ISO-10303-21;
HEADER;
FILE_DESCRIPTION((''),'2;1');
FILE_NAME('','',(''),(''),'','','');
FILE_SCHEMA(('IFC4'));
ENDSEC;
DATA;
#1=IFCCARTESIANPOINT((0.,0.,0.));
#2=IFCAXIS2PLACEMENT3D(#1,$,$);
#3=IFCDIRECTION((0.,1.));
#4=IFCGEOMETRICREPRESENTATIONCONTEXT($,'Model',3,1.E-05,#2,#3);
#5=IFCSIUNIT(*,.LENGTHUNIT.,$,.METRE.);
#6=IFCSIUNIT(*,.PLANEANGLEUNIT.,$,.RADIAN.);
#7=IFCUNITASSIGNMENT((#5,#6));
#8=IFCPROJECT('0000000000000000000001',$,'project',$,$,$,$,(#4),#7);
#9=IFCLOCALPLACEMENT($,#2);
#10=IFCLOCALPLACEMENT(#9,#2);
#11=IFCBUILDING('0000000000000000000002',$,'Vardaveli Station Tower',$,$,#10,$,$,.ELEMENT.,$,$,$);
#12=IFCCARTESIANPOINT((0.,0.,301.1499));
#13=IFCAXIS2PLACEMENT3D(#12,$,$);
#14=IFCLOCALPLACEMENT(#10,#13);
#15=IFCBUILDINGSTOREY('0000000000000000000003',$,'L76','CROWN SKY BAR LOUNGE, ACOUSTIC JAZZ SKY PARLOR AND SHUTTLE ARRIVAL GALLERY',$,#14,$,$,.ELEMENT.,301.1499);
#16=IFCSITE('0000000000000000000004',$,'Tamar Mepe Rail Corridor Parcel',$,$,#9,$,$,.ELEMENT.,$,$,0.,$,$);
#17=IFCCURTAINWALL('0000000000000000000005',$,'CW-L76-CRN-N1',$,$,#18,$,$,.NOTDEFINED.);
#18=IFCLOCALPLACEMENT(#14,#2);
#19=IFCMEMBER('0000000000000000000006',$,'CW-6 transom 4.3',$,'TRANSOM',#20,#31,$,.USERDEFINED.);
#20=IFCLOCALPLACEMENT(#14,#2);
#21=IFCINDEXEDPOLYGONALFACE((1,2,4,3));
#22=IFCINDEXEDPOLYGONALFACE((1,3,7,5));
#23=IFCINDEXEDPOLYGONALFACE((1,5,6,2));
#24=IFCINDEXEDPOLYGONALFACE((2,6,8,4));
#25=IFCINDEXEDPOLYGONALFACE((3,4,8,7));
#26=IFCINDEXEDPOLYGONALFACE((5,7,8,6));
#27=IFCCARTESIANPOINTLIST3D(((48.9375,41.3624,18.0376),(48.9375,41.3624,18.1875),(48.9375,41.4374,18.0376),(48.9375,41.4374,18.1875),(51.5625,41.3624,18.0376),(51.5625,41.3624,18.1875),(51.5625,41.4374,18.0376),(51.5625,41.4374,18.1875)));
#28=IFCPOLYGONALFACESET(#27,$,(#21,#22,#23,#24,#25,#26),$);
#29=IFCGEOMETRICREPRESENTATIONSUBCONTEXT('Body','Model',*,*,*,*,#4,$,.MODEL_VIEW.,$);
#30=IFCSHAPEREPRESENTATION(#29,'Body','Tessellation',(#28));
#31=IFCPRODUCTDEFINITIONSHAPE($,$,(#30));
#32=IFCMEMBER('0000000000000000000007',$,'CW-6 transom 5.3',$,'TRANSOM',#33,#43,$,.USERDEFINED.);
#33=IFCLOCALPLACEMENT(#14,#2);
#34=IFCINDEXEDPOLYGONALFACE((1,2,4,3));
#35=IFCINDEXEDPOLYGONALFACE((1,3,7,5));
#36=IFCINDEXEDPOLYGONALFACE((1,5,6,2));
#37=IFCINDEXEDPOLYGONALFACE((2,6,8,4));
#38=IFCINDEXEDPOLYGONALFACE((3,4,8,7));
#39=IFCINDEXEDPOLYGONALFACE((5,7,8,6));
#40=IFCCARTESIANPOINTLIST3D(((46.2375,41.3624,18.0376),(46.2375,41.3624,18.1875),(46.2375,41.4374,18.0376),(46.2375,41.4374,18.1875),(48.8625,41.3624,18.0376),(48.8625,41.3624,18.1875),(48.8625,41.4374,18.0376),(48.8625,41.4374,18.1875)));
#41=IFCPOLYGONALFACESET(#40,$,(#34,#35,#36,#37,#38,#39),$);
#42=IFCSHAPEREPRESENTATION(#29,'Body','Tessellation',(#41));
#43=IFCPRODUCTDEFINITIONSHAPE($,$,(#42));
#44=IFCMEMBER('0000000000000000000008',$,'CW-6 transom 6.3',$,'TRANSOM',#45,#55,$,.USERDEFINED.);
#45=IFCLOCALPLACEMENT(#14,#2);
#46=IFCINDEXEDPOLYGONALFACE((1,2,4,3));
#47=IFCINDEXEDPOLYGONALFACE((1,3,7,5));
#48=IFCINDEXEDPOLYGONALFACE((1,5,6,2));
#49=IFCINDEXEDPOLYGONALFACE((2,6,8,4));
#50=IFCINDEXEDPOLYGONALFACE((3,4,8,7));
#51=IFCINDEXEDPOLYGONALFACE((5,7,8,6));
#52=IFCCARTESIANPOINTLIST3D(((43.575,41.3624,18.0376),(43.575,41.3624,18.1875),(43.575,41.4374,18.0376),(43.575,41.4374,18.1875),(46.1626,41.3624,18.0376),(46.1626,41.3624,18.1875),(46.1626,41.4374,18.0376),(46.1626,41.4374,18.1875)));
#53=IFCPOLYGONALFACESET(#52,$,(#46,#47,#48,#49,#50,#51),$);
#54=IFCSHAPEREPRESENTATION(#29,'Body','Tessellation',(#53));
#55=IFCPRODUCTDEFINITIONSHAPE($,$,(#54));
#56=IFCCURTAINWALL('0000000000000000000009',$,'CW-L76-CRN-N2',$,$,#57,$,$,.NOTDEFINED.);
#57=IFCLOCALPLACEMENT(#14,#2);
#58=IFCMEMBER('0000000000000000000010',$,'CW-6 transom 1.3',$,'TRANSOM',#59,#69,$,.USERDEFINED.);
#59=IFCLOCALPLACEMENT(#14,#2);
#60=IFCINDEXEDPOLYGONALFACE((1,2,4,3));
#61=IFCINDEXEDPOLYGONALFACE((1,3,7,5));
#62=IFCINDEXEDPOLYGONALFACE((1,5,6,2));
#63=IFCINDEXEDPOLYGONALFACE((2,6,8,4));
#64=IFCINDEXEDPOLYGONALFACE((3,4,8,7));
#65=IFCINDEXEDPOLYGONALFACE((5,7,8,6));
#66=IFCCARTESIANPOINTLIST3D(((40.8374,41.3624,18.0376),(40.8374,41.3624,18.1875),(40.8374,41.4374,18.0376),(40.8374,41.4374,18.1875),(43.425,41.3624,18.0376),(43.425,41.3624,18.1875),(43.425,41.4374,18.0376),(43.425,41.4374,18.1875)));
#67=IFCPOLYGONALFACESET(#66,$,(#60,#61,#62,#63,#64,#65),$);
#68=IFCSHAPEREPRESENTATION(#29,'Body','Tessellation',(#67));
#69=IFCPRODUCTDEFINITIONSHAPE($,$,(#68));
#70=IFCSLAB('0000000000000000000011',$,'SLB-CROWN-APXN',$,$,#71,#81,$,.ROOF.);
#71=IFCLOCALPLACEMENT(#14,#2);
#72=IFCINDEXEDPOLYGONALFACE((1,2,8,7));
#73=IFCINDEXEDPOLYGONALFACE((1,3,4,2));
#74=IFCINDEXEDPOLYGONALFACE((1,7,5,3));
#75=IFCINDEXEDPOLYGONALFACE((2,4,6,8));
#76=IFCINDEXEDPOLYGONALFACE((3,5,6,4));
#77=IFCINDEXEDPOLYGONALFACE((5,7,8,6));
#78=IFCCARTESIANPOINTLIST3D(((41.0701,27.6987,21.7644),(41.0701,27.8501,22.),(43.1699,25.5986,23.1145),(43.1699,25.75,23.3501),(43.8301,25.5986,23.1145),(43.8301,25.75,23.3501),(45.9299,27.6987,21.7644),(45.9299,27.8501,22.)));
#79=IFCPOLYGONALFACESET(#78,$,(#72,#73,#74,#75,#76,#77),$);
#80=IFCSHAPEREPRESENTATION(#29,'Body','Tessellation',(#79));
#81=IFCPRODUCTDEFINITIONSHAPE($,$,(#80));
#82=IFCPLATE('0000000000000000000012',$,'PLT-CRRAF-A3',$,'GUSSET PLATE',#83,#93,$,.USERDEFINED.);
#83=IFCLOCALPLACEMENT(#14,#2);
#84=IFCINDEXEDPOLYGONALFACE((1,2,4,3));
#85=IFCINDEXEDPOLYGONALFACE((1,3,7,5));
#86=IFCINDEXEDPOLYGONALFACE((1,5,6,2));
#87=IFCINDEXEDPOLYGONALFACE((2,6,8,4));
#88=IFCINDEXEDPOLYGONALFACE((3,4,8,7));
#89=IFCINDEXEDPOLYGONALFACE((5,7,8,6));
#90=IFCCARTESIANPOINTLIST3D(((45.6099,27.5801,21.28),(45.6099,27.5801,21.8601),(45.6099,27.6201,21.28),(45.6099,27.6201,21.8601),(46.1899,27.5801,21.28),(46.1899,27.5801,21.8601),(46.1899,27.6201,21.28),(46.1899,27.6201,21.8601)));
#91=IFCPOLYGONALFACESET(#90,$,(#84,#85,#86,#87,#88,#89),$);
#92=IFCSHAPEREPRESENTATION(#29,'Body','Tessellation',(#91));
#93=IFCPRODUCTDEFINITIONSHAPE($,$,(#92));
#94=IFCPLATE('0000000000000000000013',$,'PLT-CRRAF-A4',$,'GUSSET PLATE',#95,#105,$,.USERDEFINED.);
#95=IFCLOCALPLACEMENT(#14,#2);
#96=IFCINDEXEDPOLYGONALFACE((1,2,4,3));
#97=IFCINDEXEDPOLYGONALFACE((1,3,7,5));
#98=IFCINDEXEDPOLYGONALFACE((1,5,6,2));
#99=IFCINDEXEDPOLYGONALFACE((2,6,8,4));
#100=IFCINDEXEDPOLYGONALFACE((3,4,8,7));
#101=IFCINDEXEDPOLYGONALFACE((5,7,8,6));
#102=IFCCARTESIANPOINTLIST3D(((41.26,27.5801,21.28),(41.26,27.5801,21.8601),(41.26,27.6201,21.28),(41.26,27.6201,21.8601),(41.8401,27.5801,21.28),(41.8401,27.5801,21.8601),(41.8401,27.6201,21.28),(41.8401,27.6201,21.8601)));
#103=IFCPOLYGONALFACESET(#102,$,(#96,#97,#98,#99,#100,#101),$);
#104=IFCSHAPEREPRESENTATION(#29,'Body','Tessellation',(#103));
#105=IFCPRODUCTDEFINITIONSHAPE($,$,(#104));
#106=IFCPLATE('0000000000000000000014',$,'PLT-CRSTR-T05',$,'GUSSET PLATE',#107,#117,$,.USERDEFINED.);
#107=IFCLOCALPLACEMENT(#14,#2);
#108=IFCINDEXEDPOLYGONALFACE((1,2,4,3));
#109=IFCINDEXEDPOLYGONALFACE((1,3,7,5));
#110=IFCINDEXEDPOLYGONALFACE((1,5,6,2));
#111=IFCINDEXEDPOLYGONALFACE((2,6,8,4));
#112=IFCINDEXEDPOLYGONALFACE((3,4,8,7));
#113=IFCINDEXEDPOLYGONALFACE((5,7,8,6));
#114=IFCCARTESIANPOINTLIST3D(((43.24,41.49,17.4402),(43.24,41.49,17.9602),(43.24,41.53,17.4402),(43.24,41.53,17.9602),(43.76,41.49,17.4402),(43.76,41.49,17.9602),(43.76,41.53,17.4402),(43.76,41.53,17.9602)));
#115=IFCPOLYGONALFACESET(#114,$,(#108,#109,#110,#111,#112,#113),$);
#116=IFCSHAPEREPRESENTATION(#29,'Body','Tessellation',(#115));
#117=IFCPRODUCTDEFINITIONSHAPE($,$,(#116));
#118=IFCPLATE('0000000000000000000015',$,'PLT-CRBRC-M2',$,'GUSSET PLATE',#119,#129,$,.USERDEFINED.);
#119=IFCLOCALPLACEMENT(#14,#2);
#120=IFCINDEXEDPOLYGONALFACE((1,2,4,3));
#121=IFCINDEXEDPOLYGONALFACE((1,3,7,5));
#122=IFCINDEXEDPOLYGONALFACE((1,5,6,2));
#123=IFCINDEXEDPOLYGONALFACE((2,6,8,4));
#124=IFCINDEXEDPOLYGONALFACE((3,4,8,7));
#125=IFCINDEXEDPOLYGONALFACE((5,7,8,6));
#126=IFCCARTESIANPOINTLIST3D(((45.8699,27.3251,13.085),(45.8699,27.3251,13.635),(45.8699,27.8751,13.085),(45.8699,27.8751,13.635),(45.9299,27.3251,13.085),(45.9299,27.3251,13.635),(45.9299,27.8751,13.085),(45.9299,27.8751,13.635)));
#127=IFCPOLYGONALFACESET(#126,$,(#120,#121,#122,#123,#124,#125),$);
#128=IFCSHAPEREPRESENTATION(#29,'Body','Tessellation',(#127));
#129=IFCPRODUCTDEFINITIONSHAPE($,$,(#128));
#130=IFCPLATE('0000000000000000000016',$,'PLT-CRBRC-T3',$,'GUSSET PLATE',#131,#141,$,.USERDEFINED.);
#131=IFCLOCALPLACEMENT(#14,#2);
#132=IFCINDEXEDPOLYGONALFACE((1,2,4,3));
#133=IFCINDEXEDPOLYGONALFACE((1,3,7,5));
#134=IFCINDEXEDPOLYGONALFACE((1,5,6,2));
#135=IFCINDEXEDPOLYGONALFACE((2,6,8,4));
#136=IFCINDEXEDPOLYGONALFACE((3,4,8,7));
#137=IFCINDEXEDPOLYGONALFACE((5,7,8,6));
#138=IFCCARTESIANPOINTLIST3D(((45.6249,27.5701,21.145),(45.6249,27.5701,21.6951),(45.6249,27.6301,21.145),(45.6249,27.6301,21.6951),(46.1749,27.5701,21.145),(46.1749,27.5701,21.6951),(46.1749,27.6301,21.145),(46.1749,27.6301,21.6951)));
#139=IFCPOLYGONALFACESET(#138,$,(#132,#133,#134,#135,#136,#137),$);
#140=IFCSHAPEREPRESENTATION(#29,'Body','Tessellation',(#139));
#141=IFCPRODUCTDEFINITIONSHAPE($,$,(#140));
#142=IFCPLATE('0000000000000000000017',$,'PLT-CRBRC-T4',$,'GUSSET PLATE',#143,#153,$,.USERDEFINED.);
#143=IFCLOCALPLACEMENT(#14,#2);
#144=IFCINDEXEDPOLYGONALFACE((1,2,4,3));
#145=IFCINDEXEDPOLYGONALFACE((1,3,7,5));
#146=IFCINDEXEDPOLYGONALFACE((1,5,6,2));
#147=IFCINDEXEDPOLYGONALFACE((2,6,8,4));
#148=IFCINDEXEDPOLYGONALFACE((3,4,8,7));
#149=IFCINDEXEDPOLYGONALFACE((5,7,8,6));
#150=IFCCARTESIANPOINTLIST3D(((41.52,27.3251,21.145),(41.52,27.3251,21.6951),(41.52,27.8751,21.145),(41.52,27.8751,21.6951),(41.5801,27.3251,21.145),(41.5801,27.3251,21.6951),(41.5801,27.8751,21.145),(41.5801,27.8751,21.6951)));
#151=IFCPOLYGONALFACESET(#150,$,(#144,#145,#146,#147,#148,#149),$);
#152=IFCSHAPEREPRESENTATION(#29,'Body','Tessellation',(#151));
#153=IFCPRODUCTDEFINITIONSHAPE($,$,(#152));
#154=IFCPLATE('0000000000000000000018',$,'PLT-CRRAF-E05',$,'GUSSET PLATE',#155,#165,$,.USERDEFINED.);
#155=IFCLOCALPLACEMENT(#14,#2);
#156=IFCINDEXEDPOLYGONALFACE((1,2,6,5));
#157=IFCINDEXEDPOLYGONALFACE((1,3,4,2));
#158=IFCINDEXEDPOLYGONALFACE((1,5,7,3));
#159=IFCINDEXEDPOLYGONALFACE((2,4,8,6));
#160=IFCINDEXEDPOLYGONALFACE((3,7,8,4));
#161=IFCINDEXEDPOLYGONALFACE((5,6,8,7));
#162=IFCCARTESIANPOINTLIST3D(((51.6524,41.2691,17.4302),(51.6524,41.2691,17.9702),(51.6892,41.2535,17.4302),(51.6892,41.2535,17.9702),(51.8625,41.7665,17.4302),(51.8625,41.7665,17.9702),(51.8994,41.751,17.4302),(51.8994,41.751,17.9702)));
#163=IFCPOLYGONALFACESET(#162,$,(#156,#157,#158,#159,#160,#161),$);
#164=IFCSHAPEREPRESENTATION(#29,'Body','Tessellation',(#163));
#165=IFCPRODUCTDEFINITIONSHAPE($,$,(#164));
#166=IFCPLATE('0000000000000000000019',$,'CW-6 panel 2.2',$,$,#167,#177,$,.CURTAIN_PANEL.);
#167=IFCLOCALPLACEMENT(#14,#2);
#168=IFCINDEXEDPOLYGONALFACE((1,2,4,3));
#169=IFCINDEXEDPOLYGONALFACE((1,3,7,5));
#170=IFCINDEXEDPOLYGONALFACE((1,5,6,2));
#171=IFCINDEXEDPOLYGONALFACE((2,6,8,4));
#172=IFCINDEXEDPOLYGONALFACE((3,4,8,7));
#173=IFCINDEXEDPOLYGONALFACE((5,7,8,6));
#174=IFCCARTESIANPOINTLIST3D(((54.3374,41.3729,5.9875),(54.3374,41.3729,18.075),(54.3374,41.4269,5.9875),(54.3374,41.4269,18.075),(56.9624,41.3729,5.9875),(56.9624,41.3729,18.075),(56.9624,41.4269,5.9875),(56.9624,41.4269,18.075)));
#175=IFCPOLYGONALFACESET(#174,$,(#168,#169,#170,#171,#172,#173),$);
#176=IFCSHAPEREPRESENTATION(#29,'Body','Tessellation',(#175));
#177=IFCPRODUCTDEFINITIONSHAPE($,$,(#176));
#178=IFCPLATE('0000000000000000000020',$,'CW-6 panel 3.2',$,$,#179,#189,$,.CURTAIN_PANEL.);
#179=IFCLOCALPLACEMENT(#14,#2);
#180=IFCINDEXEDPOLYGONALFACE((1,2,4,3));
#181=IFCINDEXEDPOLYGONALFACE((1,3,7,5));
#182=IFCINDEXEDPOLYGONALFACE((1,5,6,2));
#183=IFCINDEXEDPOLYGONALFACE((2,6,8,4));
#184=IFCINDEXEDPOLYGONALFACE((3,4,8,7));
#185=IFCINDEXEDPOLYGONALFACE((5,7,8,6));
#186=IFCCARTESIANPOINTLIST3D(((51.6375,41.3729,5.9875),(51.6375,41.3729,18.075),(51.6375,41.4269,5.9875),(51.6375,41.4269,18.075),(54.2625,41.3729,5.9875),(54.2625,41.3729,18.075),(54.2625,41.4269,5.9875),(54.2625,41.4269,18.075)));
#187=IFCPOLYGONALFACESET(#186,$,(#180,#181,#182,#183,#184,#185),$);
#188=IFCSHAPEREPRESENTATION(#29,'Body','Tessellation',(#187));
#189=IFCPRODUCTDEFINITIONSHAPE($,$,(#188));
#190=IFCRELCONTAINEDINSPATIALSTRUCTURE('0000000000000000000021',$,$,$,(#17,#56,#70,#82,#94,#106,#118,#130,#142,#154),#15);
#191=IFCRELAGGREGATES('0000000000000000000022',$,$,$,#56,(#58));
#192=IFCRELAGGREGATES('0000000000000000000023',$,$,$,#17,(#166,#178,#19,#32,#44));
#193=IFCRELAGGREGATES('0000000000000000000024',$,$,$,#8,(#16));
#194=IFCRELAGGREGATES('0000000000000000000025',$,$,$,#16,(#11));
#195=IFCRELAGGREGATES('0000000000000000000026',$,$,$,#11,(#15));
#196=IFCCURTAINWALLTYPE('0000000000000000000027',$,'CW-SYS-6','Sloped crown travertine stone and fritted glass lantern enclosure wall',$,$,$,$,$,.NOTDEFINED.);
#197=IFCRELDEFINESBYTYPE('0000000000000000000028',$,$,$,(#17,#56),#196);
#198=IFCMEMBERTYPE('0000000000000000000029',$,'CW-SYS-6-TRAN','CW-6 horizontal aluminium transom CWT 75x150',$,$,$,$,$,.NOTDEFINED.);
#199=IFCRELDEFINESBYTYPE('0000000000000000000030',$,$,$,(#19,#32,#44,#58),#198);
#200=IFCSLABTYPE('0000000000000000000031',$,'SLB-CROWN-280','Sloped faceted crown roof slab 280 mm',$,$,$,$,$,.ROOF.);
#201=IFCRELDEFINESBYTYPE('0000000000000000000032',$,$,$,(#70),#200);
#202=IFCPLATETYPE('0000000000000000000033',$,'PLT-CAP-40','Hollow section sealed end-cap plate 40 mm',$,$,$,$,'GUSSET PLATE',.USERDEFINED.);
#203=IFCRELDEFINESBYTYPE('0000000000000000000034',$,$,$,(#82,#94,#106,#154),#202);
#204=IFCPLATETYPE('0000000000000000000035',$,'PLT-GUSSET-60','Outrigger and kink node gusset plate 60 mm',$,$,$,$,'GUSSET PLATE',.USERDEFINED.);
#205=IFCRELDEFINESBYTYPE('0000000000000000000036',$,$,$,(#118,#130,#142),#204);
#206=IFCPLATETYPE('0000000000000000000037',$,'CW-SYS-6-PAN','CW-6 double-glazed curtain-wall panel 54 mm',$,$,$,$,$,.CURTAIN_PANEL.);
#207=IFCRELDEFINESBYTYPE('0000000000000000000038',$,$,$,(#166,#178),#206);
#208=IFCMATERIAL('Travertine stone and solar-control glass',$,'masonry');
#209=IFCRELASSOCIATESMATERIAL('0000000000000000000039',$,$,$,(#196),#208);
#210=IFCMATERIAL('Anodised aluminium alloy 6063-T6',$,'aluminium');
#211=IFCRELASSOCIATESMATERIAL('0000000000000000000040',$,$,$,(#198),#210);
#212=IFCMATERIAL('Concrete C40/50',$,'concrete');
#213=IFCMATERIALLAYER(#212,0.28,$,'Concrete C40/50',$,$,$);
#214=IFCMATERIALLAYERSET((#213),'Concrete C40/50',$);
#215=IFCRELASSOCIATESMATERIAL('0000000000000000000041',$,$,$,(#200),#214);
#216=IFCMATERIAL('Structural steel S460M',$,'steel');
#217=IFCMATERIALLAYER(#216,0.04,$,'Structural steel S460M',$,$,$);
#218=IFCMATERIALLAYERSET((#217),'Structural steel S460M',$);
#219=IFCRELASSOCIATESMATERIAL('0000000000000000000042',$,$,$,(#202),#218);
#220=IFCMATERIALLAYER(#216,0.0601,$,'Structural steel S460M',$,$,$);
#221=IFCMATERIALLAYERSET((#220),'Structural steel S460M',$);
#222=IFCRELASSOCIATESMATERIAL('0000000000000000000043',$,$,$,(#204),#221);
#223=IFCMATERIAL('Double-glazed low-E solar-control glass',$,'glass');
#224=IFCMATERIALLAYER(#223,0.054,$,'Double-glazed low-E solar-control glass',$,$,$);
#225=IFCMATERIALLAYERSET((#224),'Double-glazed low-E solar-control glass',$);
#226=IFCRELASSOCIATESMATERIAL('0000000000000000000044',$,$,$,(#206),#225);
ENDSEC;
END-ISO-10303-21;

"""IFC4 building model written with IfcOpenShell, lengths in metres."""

from ifc_helpers import new_model, si_unit, direction, frame, origin, origin_2d, place, context, subcontext, project, spatial, polyline, rectangle, outline, extrude, source, transform, mapped, material, layer, layer_set, material_profile, profile_set, type_object, element, aggregate, save


model = new_model("IFC4")

# Units and contexts
model_context = context("Model", 3, precision=1e-05, world=origin(), true_north=direction((0.0, 1.0)))
body_context = subcontext(model_context, "Body", "Model", "MODEL_VIEW")
ifc_project = project(units=[si_unit("LENGTHUNIT", "METRE"), si_unit("PLANEANGLEUNIT", "RADIAN")], contexts=[model_context])

# Site, building, storey
site_placement = place(None, origin())
site = spatial("IfcSite", under=ifc_project, at=site_placement, Name="Tamar Mepe Rail Corridor Parcel", CompositionType="ELEMENT", RefElevation=0.0)
building_placement = place(site_placement, origin())
building = spatial("IfcBuilding", under=site, at=building_placement, Name="Vardaveli Station Tower", CompositionType="ELEMENT")
storey_placement = place(building_placement, frame((0.0, 0.0, 301.1499)))
storey = spatial("IfcBuildingStorey", under=building, at=storey_placement, Name="L76", Description="CROWN SKY BAR LOUNGE, ACOUSTIC JAZZ SKY PARLOR AND SHUTTLE ARRIVAL GALLERY", CompositionType="ELEMENT", Elevation=301.1499)

# Curtain wall, members
ifc_material_1 = material(Name="Travertine stone and solar-control glass", Category="masonry")
curtain_wall_type = type_object("IfcCurtainWallType", Name="CW-SYS-6", Description="Sloped crown travertine stone and fritted glass lantern enclosure wall", PredefinedType="NOTDEFINED", material=ifc_material_1)
curtain_wall_1_placement = place(storey_placement, origin())
curtain_wall_1 = element("IfcCurtainWall", 1, at=curtain_wall_1_placement, inside=storey, type_object=curtain_wall_type, Name="CW-L76-CRN-N1", PredefinedType="NOTDEFINED")
ifc_material_2 = material(Name="Anodised aluminium alloy 6063-T6", Category="aluminium")
ifc_material_profile_1 = material_profile(ifc_material_2, rectangle(XDim=0.075, YDim=0.1499, at=origin_2d()), Name="CWT 75x150")
ifc_profile_set_1 = profile_set([ifc_material_profile_1], Name="Anodised aluminium alloy 6063-T6")
member_type_1 = type_object("IfcMemberType", Name="CW-SYS-6-TRAN", Description="CW-6 horizontal aluminium transom CWT 75x150", PredefinedType="NOTDEFINED", material=ifc_profile_set_1)
shared_shape_1 = source(origin(), body_context, "Body", "SweptSolid", [
    extrude(rectangle(XDim=0.075, YDim=0.1499, at=origin_2d()), origin(), (0.0, 0.0, 1.0), 2.625),
])
member_1_placement = place(storey_placement, frame((51.5625, 41.3999, 18.1125), z_axis=(-1.0, 0.0, 0.0), x_axis=(0.0, -1.0, 0.0)))
member_1 = element("IfcMember", 2, at=member_1_placement, type_object=member_type_1, Name="CW-6 transom 4.3", ObjectType="TRANSOM", PredefinedType="USERDEFINED", context=body_context, shape_type="MappedRepresentation", body=[
    mapped(shared_shape_1, transform((0.0, 0.0, 0.0), scale=1.0)),
])
member_2_placement = place(storey_placement, frame((48.8625, 41.3999, 18.1125), z_axis=(-1.0, 0.0, 0.0), x_axis=(0.0, -1.0, 0.0)))
member_2 = element("IfcMember", 3, at=member_2_placement, type_object=member_type_1, Name="CW-6 transom 5.3", ObjectType="TRANSOM", PredefinedType="USERDEFINED", context=body_context, shape_type="MappedRepresentation", body=[
    mapped(shared_shape_1, transform((0.0, 0.0, 0.0), scale=1.0)),
])
shared_shape_2 = source(origin(), body_context, "Body", "SweptSolid", [
    extrude(rectangle(XDim=0.075, YDim=0.1499, at=origin_2d()), origin(), (0.0, 0.0, 1.0), 2.5876),
])
member_3_placement = place(storey_placement, frame((46.1626, 41.3999, 18.1125), z_axis=(-1.0, 0.0, 0.0), x_axis=(0.0, -1.0, 0.0)))
member_3 = element("IfcMember", 4, at=member_3_placement, type_object=member_type_1, Name="CW-6 transom 6.3", ObjectType="TRANSOM", PredefinedType="USERDEFINED", context=body_context, shape_type="MappedRepresentation", body=[
    mapped(shared_shape_2, transform((0.0, 0.0, 0.0), scale=1.0)),
])

# Curtain wall, member
curtain_wall_2_placement = place(storey_placement, origin())
curtain_wall_2 = element("IfcCurtainWall", 5, at=curtain_wall_2_placement, inside=storey, type_object=curtain_wall_type, Name="CW-L76-CRN-N2", PredefinedType="NOTDEFINED")
member_4_placement = place(storey_placement, frame((43.425, 41.3999, 18.1125), z_axis=(-1.0, 0.0, 0.0), x_axis=(0.0, -1.0, 0.0)))
member_4 = element("IfcMember", 6, at=member_4_placement, type_object=member_type_1, Name="CW-6 transom 1.3", ObjectType="TRANSOM", PredefinedType="USERDEFINED", context=body_context, shape_type="MappedRepresentation", body=[
    mapped(shared_shape_2, transform((0.0, 0.0, 0.0), scale=1.0)),
])
aggregate(curtain_wall_2, [member_4])

# Slab
ifc_material_3 = material(Name="Concrete C40/50", Category="concrete")
ifc_layer_1 = layer(ifc_material_3, 0.28, Name="Concrete C40/50")
ifc_layer_set_1 = layer_set([ifc_layer_1], Name="Concrete C40/50")
slab_type = type_object("IfcSlabType", Name="SLB-CROWN-280", Description="Sloped faceted crown roof slab 280 mm", PredefinedType="ROOF", material=ifc_layer_set_1)
slab_placement = place(storey_placement, frame((45.9299, 27.8501, 22.0), z_axis=(0.0, 0.540767, 0.841172), x_axis=(-1.0, 0.0, 0.0)))
element("IfcSlab", 7, at=slab_placement, inside=storey, type_object=slab_type, Name="SLB-CROWN-APXN", PredefinedType="ROOF", context=body_context, shape_type="SweptSolid", body=[
    extrude(outline(polyline([(0.0, 0.0), (4.8599, 0.0), (2.76, 2.4966), (2.0999, 2.4966), (0.0, 0.0)])), origin(), (0.0, 0.0, -1.0), 0.28),
])

# Plates
ifc_material_4 = material(Name="Structural steel S460M", Category="steel")
ifc_layer_2 = layer(ifc_material_4, 0.04, Name="Structural steel S460M")
ifc_layer_set_2 = layer_set([ifc_layer_2], Name="Structural steel S460M")
plate_type_1 = type_object("IfcPlateType", Name="PLT-CAP-40", Description="Hollow section sealed end-cap plate 40 mm", ElementType="GUSSET PLATE", PredefinedType="USERDEFINED", material=ifc_layer_set_2)
shared_shape_3 = source(origin(), body_context, "Body", "SweptSolid", [
    extrude(rectangle(XDim=0.5801, YDim=0.04, at=origin_2d()), origin(), (0.0, 0.0, 1.0), 0.5801),
])
for number, where, z_axis, x_axis, name in (
    (8, (45.8999, 27.6001, 21.28), (0.0, 0.0, 1.0), (1.0, 0.0, 0.0), "PLT-CRRAF-A3"),
    (9, (41.55, 27.6001, 21.28), (0.0, 0.0, 1.0), (1.0, 0.0, 0.0), "PLT-CRRAF-A4"),
):
    element("IfcPlate", number, at=place(storey_placement, frame(where, z_axis=z_axis, x_axis=x_axis)), inside=storey, type_object=plate_type_1, Name=name, ObjectType="GUSSET PLATE", PredefinedType="USERDEFINED", context=body_context, shape_type="MappedRepresentation", body=[
        mapped(shared_shape_3, transform((0.0, 0.0, 0.0), scale=1.0)),
    ])
shared_shape_4 = source(origin(), body_context, "Body", "SweptSolid", [
    extrude(rectangle(XDim=0.52, YDim=0.04, at=origin_2d()), origin(), (0.0, 0.0, 1.0), 0.52),
])
plate_1_placement = place(storey_placement, frame((43.5, 41.51, 17.4402), z_axis=(0.0, 0.0, 1.0), x_axis=(-1.0, 0.0, 0.0)))
element("IfcPlate", 10, at=plate_1_placement, inside=storey, type_object=plate_type_1, Name="PLT-CRSTR-T05", ObjectType="GUSSET PLATE", PredefinedType="USERDEFINED", context=body_context, shape_type="MappedRepresentation", body=[
    mapped(shared_shape_4, transform((0.0, 0.0, 0.0), scale=1.0)),
])
ifc_layer_3 = layer(ifc_material_4, 0.0601, Name="Structural steel S460M")
ifc_layer_set_3 = layer_set([ifc_layer_3], Name="Structural steel S460M")
plate_type_2 = type_object("IfcPlateType", Name="PLT-GUSSET-60", Description="Outrigger and kink node gusset plate 60 mm", ElementType="GUSSET PLATE", PredefinedType="USERDEFINED", material=ifc_layer_set_3)
shared_shape_5 = source(origin(), body_context, "Body", "SweptSolid", [
    extrude(rectangle(XDim=0.55, YDim=0.0601, at=origin_2d()), origin(), (0.0, 0.0, 1.0), 0.55),
])
for number, where, z_axis, x_axis, name in (
    (11, (45.8999, 27.6001, 13.085), (0.0, 0.0, 1.0), (0.0, 1.0, 0.0), "PLT-CRBRC-M2"),
    (12, (45.8999, 27.6001, 21.145), (0.0, 0.0, 1.0), (-1.0, 0.0, 0.0), "PLT-CRBRC-T3"),
    (13, (41.55, 27.6001, 21.145), (0.0, 0.0, 1.0), (0.0, -1.0, 0.0), "PLT-CRBRC-T4"),
):
    element("IfcPlate", number, at=place(storey_placement, frame(where, z_axis=z_axis, x_axis=x_axis)), inside=storey, type_object=plate_type_2, Name=name, ObjectType="GUSSET PLATE", PredefinedType="USERDEFINED", context=body_context, shape_type="MappedRepresentation", body=[
        mapped(shared_shape_5, transform((0.0, 0.0, 0.0), scale=1.0)),
    ])
shared_shape_6 = source(origin(), body_context, "Body", "SweptSolid", [
    extrude(rectangle(XDim=0.54, YDim=0.04, at=origin_2d()), origin(), (0.0, 0.0, 1.0), 0.54),
])
plate_2_placement = place(storey_placement, frame((51.7759, 41.51, 17.4302), z_axis=(0.0, 0.0, 1.0), x_axis=(-0.389124, -0.921185, 0.0)))
element("IfcPlate", 14, at=plate_2_placement, inside=storey, type_object=plate_type_1, Name="PLT-CRRAF-E05", ObjectType="GUSSET PLATE", PredefinedType="USERDEFINED", context=body_context, shape_type="MappedRepresentation", body=[
    mapped(shared_shape_6, transform((0.0, 0.0, 0.0), scale=1.0)),
])

# Plates
ifc_material_5 = material(Name="Double-glazed low-E solar-control glass", Category="glass")
ifc_layer_4 = layer(ifc_material_5, 0.054, Name="Double-glazed low-E solar-control glass")
ifc_layer_set_4 = layer_set([ifc_layer_4], Name="Double-glazed low-E solar-control glass")
plate_type_3 = type_object("IfcPlateType", Name="CW-SYS-6-PAN", Description="CW-6 double-glazed curtain-wall panel 54 mm", PredefinedType="CURTAIN_PANEL", material=ifc_layer_set_4)
shared_shape_7 = source(origin(), body_context, "Body", "SweptSolid", [
    extrude(rectangle(XDim=2.625, YDim=0.054, at=origin_2d()), origin(), (0.0, 0.0, 1.0), 12.0874),
])
plate_3_placement = place(storey_placement, frame((55.6499, 41.3999, 5.9875), z_axis=(0.0, 0.0, 1.0), x_axis=(-1.0, 0.0, 0.0)))
plate_3 = element("IfcPlate", 15, at=plate_3_placement, type_object=plate_type_3, Name="CW-6 panel 2.2", PredefinedType="CURTAIN_PANEL", context=body_context, shape_type="MappedRepresentation", body=[
    mapped(shared_shape_7, transform((0.0, 0.0, 0.0), scale=1.0)),
])
plate_4_placement = place(storey_placement, frame((52.95, 41.3999, 5.9875), z_axis=(0.0, 0.0, 1.0), x_axis=(-1.0, 0.0, 0.0)))
plate_4 = element("IfcPlate", 16, at=plate_4_placement, type_object=plate_type_3, Name="CW-6 panel 3.2", PredefinedType="CURTAIN_PANEL", context=body_context, shape_type="MappedRepresentation", body=[
    mapped(shared_shape_7, transform((0.0, 0.0, 0.0), scale=1.0)),
])
aggregate(curtain_wall_1, [plate_3, plate_4, member_1, member_2, member_3])

save(model, "model.ifc")
